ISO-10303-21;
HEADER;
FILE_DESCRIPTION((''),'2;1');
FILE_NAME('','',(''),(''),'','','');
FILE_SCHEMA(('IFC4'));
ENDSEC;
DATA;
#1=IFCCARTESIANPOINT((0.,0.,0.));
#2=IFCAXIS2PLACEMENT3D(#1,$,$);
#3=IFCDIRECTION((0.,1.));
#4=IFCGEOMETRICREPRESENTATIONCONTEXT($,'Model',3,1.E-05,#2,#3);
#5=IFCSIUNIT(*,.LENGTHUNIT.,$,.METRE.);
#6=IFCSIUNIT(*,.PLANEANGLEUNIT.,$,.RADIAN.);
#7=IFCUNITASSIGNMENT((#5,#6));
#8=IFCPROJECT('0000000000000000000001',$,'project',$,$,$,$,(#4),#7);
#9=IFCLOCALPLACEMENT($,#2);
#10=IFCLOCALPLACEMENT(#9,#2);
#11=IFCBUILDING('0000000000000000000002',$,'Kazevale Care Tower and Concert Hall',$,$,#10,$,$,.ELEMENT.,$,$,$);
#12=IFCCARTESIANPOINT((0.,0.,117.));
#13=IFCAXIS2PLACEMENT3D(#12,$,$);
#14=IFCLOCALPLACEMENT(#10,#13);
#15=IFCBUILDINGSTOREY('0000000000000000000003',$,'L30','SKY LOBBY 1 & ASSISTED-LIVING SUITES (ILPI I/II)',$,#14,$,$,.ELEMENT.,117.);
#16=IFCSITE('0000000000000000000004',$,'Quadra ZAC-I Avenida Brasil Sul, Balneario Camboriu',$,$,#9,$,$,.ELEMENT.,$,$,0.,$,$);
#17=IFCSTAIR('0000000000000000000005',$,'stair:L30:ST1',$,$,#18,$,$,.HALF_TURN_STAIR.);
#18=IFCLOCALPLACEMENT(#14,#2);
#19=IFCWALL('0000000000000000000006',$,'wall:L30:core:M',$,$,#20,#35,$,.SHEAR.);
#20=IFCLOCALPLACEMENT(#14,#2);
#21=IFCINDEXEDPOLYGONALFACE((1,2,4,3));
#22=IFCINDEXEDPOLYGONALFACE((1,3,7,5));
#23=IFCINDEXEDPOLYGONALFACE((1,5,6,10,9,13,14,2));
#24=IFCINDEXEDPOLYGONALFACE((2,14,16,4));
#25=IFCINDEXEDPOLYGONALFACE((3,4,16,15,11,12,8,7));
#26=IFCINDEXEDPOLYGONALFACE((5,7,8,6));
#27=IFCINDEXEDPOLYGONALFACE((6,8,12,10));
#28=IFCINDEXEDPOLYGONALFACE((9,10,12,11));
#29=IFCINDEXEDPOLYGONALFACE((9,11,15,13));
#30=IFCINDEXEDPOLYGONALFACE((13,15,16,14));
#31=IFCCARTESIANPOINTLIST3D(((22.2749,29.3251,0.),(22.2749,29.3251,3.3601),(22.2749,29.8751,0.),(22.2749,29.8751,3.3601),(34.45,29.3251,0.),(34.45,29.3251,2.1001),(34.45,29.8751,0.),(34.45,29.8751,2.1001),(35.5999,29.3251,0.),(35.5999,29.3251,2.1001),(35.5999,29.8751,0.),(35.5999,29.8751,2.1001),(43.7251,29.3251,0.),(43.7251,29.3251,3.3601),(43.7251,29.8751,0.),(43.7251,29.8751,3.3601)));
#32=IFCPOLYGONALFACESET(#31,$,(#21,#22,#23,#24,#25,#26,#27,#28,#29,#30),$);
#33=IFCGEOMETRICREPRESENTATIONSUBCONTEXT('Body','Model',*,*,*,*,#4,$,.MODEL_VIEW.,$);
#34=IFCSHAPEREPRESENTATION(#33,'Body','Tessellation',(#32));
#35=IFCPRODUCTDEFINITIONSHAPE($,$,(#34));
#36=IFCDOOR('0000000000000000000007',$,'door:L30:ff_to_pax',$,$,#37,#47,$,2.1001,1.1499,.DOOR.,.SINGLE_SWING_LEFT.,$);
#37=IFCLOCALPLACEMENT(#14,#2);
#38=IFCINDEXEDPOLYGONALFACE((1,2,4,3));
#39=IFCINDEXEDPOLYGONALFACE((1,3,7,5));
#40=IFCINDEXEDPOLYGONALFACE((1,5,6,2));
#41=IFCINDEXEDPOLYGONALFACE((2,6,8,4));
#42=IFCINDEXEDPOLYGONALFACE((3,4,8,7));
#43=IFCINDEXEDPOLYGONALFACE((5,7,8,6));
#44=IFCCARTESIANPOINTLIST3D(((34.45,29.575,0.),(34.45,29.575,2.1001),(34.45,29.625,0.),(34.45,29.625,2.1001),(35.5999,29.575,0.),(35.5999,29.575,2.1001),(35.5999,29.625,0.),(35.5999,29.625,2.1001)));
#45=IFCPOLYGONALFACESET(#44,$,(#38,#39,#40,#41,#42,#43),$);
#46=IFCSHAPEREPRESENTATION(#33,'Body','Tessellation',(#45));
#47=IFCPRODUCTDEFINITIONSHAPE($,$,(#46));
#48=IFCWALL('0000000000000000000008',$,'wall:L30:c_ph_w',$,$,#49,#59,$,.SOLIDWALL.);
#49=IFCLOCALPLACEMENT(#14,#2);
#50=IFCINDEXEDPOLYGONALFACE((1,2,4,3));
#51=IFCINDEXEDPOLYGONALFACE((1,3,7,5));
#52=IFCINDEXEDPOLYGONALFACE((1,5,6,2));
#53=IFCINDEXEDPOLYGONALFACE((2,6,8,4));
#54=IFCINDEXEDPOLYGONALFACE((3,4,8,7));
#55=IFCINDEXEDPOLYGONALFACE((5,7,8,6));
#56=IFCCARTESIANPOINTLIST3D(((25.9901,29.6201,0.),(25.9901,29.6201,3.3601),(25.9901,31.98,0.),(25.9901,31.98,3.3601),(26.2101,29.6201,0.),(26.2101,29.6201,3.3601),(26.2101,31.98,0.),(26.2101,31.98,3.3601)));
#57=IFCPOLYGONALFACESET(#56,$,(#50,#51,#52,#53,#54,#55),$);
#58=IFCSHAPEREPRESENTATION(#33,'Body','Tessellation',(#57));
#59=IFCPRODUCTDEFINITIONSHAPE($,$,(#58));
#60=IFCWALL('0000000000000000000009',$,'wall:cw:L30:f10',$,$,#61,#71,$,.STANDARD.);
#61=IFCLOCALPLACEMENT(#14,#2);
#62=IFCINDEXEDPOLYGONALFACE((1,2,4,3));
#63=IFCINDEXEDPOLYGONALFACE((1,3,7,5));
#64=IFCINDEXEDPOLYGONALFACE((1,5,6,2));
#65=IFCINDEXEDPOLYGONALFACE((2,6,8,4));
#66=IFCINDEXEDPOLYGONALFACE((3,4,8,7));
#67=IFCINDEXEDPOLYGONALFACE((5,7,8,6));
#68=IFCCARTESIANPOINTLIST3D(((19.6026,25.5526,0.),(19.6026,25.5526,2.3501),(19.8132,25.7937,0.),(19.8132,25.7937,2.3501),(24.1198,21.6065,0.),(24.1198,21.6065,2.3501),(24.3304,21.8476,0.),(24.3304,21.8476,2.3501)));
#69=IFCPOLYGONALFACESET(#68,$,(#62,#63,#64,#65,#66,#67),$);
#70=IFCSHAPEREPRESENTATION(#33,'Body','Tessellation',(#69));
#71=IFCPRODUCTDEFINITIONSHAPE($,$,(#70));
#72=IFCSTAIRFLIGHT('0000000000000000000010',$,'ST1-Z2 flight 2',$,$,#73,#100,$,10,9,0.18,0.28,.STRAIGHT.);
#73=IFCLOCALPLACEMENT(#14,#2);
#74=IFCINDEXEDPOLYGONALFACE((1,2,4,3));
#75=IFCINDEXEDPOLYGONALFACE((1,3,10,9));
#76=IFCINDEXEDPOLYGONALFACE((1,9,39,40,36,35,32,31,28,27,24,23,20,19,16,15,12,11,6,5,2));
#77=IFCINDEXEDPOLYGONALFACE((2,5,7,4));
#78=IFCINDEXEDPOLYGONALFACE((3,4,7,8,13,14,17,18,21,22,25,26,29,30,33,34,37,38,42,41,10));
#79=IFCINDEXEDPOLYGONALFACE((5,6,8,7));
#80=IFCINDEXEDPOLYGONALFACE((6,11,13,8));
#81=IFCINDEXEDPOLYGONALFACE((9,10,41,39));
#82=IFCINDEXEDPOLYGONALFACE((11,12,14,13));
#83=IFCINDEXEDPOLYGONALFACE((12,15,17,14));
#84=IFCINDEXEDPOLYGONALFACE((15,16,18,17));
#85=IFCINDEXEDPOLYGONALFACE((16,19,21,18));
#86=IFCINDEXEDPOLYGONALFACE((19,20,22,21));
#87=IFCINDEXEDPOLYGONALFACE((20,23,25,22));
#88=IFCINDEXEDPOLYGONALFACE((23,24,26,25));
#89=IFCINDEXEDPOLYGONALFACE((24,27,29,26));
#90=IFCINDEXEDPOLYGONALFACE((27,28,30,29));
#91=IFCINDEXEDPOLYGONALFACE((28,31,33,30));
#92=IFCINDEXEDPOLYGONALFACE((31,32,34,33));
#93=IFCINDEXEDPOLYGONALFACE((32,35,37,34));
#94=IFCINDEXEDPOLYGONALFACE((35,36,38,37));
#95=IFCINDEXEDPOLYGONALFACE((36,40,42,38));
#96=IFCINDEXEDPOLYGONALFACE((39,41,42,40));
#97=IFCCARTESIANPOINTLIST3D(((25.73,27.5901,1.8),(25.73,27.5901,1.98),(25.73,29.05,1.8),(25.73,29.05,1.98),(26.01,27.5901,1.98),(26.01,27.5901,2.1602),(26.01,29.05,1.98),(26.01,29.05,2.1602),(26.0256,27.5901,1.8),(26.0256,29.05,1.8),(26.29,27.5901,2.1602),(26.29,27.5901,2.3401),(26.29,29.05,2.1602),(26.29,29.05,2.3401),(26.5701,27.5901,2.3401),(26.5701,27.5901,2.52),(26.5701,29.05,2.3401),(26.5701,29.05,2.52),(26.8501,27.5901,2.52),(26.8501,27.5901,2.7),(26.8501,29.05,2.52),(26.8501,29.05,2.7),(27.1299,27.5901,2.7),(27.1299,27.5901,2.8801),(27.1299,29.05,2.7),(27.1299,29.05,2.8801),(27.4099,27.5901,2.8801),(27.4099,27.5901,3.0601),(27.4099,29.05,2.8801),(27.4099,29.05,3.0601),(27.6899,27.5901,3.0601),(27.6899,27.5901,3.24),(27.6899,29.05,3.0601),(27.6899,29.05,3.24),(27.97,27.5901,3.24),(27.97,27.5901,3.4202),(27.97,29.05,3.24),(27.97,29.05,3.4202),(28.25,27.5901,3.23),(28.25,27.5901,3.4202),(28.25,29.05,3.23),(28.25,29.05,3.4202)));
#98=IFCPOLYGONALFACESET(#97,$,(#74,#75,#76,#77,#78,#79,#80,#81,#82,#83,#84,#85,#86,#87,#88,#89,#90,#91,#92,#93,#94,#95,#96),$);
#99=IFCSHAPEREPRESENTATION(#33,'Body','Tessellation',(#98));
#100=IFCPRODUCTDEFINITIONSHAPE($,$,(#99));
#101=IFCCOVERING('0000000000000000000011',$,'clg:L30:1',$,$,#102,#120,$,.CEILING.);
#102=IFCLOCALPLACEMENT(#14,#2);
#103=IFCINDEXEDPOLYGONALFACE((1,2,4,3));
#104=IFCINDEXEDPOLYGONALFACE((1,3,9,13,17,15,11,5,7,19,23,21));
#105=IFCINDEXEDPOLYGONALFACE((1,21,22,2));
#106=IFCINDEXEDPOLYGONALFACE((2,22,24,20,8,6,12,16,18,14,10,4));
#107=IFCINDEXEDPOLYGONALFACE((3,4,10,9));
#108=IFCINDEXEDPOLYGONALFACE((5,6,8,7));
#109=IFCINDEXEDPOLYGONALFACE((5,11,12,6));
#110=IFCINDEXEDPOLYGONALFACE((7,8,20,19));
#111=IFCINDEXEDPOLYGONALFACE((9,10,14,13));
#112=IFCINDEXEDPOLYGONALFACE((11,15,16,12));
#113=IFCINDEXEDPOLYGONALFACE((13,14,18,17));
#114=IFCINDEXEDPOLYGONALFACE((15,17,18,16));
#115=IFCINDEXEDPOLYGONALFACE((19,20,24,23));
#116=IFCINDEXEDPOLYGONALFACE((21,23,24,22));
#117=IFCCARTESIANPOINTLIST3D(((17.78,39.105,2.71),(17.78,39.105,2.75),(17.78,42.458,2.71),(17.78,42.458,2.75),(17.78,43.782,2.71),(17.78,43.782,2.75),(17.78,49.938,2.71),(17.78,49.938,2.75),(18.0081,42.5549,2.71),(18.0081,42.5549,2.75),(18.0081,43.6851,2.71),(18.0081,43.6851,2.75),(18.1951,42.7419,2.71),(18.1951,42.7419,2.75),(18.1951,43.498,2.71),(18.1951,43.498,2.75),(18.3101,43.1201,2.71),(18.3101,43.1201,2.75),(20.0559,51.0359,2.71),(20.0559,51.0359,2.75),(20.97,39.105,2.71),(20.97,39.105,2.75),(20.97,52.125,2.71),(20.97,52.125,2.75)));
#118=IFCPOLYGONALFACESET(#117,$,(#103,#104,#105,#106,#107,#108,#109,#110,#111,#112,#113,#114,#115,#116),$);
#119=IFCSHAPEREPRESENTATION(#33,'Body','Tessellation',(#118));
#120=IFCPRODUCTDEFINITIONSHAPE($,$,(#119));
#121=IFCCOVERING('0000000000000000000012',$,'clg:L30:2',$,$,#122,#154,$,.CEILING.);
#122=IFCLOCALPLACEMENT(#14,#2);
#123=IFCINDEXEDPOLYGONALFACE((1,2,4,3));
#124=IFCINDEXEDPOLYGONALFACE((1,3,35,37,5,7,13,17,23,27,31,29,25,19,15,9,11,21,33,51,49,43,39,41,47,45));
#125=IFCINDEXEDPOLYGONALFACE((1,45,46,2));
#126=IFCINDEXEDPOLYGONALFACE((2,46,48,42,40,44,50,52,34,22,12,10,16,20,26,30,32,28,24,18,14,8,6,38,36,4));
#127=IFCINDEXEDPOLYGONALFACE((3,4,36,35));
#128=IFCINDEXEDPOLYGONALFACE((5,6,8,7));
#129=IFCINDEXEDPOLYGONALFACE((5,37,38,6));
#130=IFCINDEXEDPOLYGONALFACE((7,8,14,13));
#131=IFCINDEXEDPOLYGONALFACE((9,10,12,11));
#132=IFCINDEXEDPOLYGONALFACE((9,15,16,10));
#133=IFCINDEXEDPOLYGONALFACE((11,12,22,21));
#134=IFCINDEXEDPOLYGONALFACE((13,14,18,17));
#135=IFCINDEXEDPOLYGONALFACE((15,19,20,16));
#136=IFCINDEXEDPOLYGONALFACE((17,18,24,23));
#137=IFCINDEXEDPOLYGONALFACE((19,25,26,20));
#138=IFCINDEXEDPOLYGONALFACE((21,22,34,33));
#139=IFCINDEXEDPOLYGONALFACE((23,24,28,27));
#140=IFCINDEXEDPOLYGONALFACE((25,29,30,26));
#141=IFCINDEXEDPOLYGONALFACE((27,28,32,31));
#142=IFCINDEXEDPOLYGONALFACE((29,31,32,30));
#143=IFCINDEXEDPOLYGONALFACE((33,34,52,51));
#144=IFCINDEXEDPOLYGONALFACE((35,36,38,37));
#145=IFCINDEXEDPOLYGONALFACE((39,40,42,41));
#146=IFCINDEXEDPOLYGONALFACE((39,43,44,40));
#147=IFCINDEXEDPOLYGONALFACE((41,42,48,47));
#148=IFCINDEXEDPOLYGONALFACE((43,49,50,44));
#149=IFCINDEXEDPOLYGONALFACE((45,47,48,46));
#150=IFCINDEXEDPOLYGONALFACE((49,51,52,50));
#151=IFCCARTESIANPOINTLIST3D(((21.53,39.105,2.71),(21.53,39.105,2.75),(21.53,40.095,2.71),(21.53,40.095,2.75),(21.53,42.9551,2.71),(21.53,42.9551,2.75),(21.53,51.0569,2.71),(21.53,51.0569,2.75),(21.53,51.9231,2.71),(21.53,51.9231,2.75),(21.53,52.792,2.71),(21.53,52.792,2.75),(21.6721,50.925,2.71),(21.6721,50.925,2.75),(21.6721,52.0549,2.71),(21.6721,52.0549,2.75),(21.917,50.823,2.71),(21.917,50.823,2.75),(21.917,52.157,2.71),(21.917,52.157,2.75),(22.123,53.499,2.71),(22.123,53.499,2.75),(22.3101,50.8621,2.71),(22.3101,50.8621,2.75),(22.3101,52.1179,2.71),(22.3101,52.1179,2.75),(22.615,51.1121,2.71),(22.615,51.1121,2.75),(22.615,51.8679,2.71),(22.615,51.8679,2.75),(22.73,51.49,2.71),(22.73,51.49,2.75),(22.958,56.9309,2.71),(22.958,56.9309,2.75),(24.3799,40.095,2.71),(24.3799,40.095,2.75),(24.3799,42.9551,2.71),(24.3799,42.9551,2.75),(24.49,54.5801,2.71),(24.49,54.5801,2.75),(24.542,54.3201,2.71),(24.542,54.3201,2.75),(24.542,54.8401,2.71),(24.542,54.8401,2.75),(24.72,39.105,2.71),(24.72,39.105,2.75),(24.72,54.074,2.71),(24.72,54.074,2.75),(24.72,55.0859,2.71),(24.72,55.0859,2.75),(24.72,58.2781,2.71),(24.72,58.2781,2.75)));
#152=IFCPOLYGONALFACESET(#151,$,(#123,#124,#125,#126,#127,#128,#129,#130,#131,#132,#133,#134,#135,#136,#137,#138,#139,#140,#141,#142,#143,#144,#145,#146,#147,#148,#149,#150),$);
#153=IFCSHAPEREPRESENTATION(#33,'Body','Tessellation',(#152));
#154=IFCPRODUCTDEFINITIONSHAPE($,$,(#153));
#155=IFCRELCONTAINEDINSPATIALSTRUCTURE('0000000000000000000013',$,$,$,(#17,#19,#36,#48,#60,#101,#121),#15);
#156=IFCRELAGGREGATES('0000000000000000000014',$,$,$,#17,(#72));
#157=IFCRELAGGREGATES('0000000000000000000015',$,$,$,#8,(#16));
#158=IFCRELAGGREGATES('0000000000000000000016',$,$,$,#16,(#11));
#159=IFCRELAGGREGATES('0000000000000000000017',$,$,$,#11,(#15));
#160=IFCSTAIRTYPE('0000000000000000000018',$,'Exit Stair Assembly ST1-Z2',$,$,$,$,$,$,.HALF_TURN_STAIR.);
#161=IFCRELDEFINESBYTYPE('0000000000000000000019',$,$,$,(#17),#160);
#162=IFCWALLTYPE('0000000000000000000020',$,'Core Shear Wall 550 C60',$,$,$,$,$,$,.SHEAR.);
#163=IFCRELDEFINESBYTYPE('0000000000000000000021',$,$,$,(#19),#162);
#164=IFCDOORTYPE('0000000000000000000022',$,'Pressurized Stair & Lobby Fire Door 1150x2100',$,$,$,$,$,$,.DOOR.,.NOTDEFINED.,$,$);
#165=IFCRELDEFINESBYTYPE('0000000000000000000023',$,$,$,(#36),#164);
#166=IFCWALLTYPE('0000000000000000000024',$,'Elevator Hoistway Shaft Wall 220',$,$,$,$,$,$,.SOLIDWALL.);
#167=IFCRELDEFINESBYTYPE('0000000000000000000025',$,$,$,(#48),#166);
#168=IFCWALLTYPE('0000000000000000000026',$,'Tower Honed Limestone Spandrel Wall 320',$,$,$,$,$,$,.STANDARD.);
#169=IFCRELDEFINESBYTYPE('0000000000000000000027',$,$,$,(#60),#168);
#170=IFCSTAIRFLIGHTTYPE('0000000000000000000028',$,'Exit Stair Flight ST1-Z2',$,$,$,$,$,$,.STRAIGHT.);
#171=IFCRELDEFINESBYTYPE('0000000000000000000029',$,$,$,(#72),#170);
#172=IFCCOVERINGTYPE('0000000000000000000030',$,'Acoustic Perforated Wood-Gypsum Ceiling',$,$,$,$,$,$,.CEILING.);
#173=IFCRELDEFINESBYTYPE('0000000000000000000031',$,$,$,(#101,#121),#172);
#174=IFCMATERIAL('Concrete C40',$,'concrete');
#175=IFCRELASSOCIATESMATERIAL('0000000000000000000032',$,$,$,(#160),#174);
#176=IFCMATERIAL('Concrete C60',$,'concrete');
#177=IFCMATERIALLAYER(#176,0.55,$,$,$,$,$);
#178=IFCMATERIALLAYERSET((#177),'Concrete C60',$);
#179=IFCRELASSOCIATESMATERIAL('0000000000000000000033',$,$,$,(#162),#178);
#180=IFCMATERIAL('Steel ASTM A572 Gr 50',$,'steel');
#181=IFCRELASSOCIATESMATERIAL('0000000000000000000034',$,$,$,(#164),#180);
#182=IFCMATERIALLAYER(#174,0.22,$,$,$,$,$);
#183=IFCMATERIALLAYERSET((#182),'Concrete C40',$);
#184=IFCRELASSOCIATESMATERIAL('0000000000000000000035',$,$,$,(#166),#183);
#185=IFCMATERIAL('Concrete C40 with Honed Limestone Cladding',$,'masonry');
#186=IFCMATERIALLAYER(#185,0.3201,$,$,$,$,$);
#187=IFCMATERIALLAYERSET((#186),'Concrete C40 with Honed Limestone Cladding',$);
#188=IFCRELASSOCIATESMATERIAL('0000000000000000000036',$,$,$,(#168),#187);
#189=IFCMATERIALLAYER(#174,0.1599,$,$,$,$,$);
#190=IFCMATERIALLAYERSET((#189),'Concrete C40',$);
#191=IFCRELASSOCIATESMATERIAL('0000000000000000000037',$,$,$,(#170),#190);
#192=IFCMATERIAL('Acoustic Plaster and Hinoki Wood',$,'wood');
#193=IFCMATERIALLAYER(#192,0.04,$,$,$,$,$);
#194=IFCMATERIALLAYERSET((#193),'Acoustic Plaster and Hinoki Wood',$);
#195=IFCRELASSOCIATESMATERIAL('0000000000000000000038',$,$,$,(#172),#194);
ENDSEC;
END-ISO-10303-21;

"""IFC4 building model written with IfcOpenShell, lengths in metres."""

from ifc_helpers import new_model, si_unit, direction, frame, frame_2d, origin, place, context, subcontext, project, spatial, polyline, rectangle, outline, extrude, material, layer, layer_set, type_object, element, fill, aggregate, save


model = new_model("IFC4")

# Units and contexts
model_context = context("Model", 3, precision=1e-05, world=origin(), true_north=direction((0.0, 1.0)))
body_context = subcontext(model_context, "Body", "Model", "MODEL_VIEW")
ifc_project = project(units=[si_unit("LENGTHUNIT", "METRE"), si_unit("PLANEANGLEUNIT", "RADIAN")], contexts=[model_context])

# Site, building, storey
site_placement = place(None, origin())
site = spatial("IfcSite", under=ifc_project, at=site_placement, Name="Quadra ZAC-I Avenida Brasil Sul, Balneario Camboriu", CompositionType="ELEMENT", RefElevation=0.0)
building_placement = place(site_placement, origin())
building = spatial("IfcBuilding", under=site, at=building_placement, Name="Kazevale Care Tower and Concert Hall", CompositionType="ELEMENT")
storey_placement = place(building_placement, frame((0.0, 0.0, 117.0)))
storey = spatial("IfcBuildingStorey", under=building, at=storey_placement, Name="L30", Description="SKY LOBBY 1 & ASSISTED-LIVING SUITES (ILPI I/II)", CompositionType="ELEMENT", Elevation=117.0)

# Shared definitions
ifc_material_1 = material(Name="Concrete C60", Category="concrete")

# Shared definitions
ifc_material_2 = material(Name="Steel ASTM A572 Gr 50", Category="steel")

# Shared definitions
ifc_material_3 = material(Name="Concrete C40", Category="concrete")

# Stair
stair_type = type_object("IfcStairType", Name="Exit Stair Assembly ST1-Z2", PredefinedType="HALF_TURN_STAIR", material=ifc_material_3)
stair_1_placement = place(storey_placement, origin())
stair_1 = element("IfcStair", 1, at=stair_1_placement, inside=storey, type_object=stair_type, Name="stair:L30:ST1", PredefinedType="HALF_TURN_STAIR")

# Shared definitions
ifc_layer_1 = layer(ifc_material_1, 0.55)
ifc_layer_set_1 = layer_set([ifc_layer_1], Name="Concrete C60")
wall_type_1 = type_object("IfcWallType", Name="Core Shear Wall 550 C60", PredefinedType="SHEAR", material=ifc_layer_set_1)

# Wall, opening, door
wall_1_placement = place(storey_placement, frame((22.2749, 29.6001, 0.0), z_axis=(0.0, 0.0, 1.0), x_axis=(1.0, 0.0, 0.0)))
wall_1 = element("IfcWall", 2, at=wall_1_placement, inside=storey, type_object=wall_type_1, Name="wall:L30:core:M", PredefinedType="SHEAR", context=body_context, shape_type="SweptSolid", body=[
    extrude(rectangle(XDim=21.4502, YDim=0.55, at=frame_2d((10.7251, 0.0))), origin(), (0.0, 0.0, 1.0), 3.3601),
])
opening_placement = place(wall_1_placement, frame((12.175, 0.0, 0.0)))
opening = element("IfcOpeningElement", 3, at=opening_placement, cuts=wall_1, PredefinedType="OPENING", context=body_context, shape_type="SweptSolid", body=[
    extrude(rectangle(XDim=1.1499, YDim=2.1001, at=frame_2d((0.575, 1.05))), frame((0.0, 0.2849, 0.0), z_axis=(0.0, -1.0, 0.0), x_axis=(1.0, 0.0, 0.0)), (0.0, 0.0, 1.0), 0.5701),
])
door_type = type_object("IfcDoorType", Name="Pressurized Stair & Lobby Fire Door 1150x2100", OperationType="NOTDEFINED", PredefinedType="DOOR", material=ifc_material_2)
door_placement = place(opening_placement, origin())
door = element("IfcDoor", 4, at=door_placement, inside=storey, type_object=door_type, Name="door:L30:ff_to_pax", OperationType="SINGLE_SWING_LEFT", OverallHeight=2.1001, OverallWidth=1.1499, PredefinedType="DOOR", context=body_context, shape_type="SweptSolid", body=[
    extrude(rectangle(XDim=1.1499, YDim=2.1001, at=frame_2d((0.575, 1.05))), frame((0.0, 0.0249, 0.0), z_axis=(0.0, -1.0, 0.0), x_axis=(1.0, 0.0, 0.0)), (0.0, 0.0, 1.0), 0.05),
])
fill(opening, door)

# Walls
ifc_layer_2 = layer(ifc_material_3, 0.22)
ifc_layer_set_2 = layer_set([ifc_layer_2], Name="Concrete C40")
wall_type_2 = type_object("IfcWallType", Name="Elevator Hoistway Shaft Wall 220", PredefinedType="SOLIDWALL", material=ifc_layer_set_2)
wall_2_placement = place(storey_placement, frame((26.1001, 29.6201, 0.0), z_axis=(0.0, 0.0, 1.0), x_axis=(0.0, 1.0, 0.0)))
element("IfcWall", 5, at=wall_2_placement, inside=storey, type_object=wall_type_2, Name="wall:L30:c_ph_w", PredefinedType="SOLIDWALL", context=body_context, shape_type="SweptSolid", body=[
    extrude(rectangle(XDim=2.3599, YDim=0.22, at=frame_2d((1.1799, 0.0))), origin(), (0.0, 0.0, 1.0), 3.3601),
])
ifc_material_4 = material(Name="Concrete C40 with Honed Limestone Cladding", Category="masonry")
ifc_layer_3 = layer(ifc_material_4, 0.3201)
ifc_layer_set_3 = layer_set([ifc_layer_3], Name="Concrete C40 with Honed Limestone Cladding")
wall_type_3 = type_object("IfcWallType", Name="Tower Honed Limestone Spandrel Wall 320", PredefinedType="STANDARD", material=ifc_layer_set_3)
wall_3_placement = place(storey_placement, frame((24.2251, 21.7271, 0.0), z_axis=(0.0, 0.0, 1.0), x_axis=(-0.753106, 0.657899, 0.0)))
element("IfcWall", 6, at=wall_3_placement, inside=storey, type_object=wall_type_3, Name="wall:cw:L30:f10", PredefinedType="STANDARD", context=body_context, shape_type="SweptSolid", body=[
    extrude(rectangle(XDim=5.998, YDim=0.3201, at=frame_2d((2.999, 0.0))), origin(), (0.0, 0.0, 1.0), 2.3501),
])

# Stair flight
ifc_layer_4 = layer(ifc_material_3, 0.1599)
ifc_layer_set_4 = layer_set([ifc_layer_4], Name="Concrete C40")
stair_flight_type = type_object("IfcStairFlightType", Name="Exit Stair Flight ST1-Z2", PredefinedType="STRAIGHT", material=ifc_layer_set_4)
stair_flight_placement = place(storey_placement, frame((25.73, 28.3201, 1.8), z_axis=(0.0, 0.0, 1.0), x_axis=(1.0, 0.0, 0.0)))
stair_flight = element("IfcStairFlight", 7, at=stair_flight_placement, type_object=stair_flight_type, Name="ST1-Z2 flight 2", NumberOfRisers=10, NumberOfTreads=9, PredefinedType="STRAIGHT", RiserHeight=0.18, TreadLength=0.28, context=body_context, shape_type="SweptSolid", body=[
    extrude(outline(polyline([(0.0, 0.0), (0.0, 0.1799), (0.28, 0.1799), (0.28, 0.3601), (0.5601, 0.3601), (0.5601, 0.54), (0.8401, 0.54), (0.8401, 0.72), (1.1201, 0.72), (1.1201, 0.8999), (1.3999, 0.8999), (1.3999, 1.0801), (1.6799, 1.0801), (1.6799, 1.26), (1.96, 1.26), (1.96, 1.4399), (2.24, 1.4399), (2.24, 1.6201), (2.52, 1.6201), (2.52, 1.8), (2.52, 1.4299), (0.2957, 0.0), (0.0, 0.0)])), frame((0.0, 0.73, 0.0), z_axis=(0.0, -1.0, 0.0), x_axis=(1.0, 0.0, 0.0)), (0.0, 0.0, 1.0), 1.46),
])
aggregate(stair_1, [stair_flight])

# Coverings
ifc_material_5 = material(Name="Acoustic Plaster and Hinoki Wood", Category="wood")
ifc_layer_5 = layer(ifc_material_5, 0.04)
ifc_layer_set_5 = layer_set([ifc_layer_5], Name="Acoustic Plaster and Hinoki Wood")
covering_type = type_object("IfcCoveringType", Name="Acoustic Perforated Wood-Gypsum Ceiling", PredefinedType="CEILING", material=ifc_layer_set_5)
covering_1_placement = place(storey_placement, frame((0.0, 0.0, 2.71)))
element("IfcCovering", 8, at=covering_1_placement, inside=storey, type_object=covering_type, Name="clg:L30:1", PredefinedType="CEILING", context=body_context, shape_type="SweptSolid", body=[
    extrude(outline(polyline([(20.0559, 51.0359), (20.97, 52.125), (20.97, 39.105), (17.78, 39.105), (17.78, 42.458), (18.0081, 42.5549), (18.1951, 42.7419), (18.3101, 43.1201), (18.1951, 43.498), (18.0081, 43.6851), (17.78, 43.782), (17.78, 49.938), (20.0559, 51.0359)])), origin(), (0.0, 0.0, 1.0), 0.04),
])
covering_2_placement = place(storey_placement, frame((0.0, 0.0, 2.71)))
element("IfcCovering", 9, at=covering_2_placement, inside=storey, type_object=covering_type, Name="clg:L30:2", PredefinedType="CEILING", context=body_context, shape_type="SweptSolid", body=[
    extrude(outline(polyline([(24.3799, 42.9551), (21.53, 42.9551), (21.53, 51.0569), (21.6721, 50.925), (21.917, 50.823), (22.3101, 50.8621), (22.615, 51.1121), (22.73, 51.49), (22.615, 51.8679), (22.3101, 52.1179), (21.917, 52.157), (21.6721, 52.0549), (21.53, 51.9231), (21.53, 52.792), (22.123, 53.499), (22.958, 56.9309), (24.72, 58.2781), (24.72, 55.0859), (24.542, 54.8401), (24.49, 54.5801), (24.542, 54.3201), (24.72, 54.074), (24.72, 39.105), (21.53, 39.105), (21.53, 40.095), (24.3799, 40.095), (24.3799, 42.9551)])), origin(), (0.0, 0.0, 1.0), 0.04),
])

save(model, "model.ifc")
